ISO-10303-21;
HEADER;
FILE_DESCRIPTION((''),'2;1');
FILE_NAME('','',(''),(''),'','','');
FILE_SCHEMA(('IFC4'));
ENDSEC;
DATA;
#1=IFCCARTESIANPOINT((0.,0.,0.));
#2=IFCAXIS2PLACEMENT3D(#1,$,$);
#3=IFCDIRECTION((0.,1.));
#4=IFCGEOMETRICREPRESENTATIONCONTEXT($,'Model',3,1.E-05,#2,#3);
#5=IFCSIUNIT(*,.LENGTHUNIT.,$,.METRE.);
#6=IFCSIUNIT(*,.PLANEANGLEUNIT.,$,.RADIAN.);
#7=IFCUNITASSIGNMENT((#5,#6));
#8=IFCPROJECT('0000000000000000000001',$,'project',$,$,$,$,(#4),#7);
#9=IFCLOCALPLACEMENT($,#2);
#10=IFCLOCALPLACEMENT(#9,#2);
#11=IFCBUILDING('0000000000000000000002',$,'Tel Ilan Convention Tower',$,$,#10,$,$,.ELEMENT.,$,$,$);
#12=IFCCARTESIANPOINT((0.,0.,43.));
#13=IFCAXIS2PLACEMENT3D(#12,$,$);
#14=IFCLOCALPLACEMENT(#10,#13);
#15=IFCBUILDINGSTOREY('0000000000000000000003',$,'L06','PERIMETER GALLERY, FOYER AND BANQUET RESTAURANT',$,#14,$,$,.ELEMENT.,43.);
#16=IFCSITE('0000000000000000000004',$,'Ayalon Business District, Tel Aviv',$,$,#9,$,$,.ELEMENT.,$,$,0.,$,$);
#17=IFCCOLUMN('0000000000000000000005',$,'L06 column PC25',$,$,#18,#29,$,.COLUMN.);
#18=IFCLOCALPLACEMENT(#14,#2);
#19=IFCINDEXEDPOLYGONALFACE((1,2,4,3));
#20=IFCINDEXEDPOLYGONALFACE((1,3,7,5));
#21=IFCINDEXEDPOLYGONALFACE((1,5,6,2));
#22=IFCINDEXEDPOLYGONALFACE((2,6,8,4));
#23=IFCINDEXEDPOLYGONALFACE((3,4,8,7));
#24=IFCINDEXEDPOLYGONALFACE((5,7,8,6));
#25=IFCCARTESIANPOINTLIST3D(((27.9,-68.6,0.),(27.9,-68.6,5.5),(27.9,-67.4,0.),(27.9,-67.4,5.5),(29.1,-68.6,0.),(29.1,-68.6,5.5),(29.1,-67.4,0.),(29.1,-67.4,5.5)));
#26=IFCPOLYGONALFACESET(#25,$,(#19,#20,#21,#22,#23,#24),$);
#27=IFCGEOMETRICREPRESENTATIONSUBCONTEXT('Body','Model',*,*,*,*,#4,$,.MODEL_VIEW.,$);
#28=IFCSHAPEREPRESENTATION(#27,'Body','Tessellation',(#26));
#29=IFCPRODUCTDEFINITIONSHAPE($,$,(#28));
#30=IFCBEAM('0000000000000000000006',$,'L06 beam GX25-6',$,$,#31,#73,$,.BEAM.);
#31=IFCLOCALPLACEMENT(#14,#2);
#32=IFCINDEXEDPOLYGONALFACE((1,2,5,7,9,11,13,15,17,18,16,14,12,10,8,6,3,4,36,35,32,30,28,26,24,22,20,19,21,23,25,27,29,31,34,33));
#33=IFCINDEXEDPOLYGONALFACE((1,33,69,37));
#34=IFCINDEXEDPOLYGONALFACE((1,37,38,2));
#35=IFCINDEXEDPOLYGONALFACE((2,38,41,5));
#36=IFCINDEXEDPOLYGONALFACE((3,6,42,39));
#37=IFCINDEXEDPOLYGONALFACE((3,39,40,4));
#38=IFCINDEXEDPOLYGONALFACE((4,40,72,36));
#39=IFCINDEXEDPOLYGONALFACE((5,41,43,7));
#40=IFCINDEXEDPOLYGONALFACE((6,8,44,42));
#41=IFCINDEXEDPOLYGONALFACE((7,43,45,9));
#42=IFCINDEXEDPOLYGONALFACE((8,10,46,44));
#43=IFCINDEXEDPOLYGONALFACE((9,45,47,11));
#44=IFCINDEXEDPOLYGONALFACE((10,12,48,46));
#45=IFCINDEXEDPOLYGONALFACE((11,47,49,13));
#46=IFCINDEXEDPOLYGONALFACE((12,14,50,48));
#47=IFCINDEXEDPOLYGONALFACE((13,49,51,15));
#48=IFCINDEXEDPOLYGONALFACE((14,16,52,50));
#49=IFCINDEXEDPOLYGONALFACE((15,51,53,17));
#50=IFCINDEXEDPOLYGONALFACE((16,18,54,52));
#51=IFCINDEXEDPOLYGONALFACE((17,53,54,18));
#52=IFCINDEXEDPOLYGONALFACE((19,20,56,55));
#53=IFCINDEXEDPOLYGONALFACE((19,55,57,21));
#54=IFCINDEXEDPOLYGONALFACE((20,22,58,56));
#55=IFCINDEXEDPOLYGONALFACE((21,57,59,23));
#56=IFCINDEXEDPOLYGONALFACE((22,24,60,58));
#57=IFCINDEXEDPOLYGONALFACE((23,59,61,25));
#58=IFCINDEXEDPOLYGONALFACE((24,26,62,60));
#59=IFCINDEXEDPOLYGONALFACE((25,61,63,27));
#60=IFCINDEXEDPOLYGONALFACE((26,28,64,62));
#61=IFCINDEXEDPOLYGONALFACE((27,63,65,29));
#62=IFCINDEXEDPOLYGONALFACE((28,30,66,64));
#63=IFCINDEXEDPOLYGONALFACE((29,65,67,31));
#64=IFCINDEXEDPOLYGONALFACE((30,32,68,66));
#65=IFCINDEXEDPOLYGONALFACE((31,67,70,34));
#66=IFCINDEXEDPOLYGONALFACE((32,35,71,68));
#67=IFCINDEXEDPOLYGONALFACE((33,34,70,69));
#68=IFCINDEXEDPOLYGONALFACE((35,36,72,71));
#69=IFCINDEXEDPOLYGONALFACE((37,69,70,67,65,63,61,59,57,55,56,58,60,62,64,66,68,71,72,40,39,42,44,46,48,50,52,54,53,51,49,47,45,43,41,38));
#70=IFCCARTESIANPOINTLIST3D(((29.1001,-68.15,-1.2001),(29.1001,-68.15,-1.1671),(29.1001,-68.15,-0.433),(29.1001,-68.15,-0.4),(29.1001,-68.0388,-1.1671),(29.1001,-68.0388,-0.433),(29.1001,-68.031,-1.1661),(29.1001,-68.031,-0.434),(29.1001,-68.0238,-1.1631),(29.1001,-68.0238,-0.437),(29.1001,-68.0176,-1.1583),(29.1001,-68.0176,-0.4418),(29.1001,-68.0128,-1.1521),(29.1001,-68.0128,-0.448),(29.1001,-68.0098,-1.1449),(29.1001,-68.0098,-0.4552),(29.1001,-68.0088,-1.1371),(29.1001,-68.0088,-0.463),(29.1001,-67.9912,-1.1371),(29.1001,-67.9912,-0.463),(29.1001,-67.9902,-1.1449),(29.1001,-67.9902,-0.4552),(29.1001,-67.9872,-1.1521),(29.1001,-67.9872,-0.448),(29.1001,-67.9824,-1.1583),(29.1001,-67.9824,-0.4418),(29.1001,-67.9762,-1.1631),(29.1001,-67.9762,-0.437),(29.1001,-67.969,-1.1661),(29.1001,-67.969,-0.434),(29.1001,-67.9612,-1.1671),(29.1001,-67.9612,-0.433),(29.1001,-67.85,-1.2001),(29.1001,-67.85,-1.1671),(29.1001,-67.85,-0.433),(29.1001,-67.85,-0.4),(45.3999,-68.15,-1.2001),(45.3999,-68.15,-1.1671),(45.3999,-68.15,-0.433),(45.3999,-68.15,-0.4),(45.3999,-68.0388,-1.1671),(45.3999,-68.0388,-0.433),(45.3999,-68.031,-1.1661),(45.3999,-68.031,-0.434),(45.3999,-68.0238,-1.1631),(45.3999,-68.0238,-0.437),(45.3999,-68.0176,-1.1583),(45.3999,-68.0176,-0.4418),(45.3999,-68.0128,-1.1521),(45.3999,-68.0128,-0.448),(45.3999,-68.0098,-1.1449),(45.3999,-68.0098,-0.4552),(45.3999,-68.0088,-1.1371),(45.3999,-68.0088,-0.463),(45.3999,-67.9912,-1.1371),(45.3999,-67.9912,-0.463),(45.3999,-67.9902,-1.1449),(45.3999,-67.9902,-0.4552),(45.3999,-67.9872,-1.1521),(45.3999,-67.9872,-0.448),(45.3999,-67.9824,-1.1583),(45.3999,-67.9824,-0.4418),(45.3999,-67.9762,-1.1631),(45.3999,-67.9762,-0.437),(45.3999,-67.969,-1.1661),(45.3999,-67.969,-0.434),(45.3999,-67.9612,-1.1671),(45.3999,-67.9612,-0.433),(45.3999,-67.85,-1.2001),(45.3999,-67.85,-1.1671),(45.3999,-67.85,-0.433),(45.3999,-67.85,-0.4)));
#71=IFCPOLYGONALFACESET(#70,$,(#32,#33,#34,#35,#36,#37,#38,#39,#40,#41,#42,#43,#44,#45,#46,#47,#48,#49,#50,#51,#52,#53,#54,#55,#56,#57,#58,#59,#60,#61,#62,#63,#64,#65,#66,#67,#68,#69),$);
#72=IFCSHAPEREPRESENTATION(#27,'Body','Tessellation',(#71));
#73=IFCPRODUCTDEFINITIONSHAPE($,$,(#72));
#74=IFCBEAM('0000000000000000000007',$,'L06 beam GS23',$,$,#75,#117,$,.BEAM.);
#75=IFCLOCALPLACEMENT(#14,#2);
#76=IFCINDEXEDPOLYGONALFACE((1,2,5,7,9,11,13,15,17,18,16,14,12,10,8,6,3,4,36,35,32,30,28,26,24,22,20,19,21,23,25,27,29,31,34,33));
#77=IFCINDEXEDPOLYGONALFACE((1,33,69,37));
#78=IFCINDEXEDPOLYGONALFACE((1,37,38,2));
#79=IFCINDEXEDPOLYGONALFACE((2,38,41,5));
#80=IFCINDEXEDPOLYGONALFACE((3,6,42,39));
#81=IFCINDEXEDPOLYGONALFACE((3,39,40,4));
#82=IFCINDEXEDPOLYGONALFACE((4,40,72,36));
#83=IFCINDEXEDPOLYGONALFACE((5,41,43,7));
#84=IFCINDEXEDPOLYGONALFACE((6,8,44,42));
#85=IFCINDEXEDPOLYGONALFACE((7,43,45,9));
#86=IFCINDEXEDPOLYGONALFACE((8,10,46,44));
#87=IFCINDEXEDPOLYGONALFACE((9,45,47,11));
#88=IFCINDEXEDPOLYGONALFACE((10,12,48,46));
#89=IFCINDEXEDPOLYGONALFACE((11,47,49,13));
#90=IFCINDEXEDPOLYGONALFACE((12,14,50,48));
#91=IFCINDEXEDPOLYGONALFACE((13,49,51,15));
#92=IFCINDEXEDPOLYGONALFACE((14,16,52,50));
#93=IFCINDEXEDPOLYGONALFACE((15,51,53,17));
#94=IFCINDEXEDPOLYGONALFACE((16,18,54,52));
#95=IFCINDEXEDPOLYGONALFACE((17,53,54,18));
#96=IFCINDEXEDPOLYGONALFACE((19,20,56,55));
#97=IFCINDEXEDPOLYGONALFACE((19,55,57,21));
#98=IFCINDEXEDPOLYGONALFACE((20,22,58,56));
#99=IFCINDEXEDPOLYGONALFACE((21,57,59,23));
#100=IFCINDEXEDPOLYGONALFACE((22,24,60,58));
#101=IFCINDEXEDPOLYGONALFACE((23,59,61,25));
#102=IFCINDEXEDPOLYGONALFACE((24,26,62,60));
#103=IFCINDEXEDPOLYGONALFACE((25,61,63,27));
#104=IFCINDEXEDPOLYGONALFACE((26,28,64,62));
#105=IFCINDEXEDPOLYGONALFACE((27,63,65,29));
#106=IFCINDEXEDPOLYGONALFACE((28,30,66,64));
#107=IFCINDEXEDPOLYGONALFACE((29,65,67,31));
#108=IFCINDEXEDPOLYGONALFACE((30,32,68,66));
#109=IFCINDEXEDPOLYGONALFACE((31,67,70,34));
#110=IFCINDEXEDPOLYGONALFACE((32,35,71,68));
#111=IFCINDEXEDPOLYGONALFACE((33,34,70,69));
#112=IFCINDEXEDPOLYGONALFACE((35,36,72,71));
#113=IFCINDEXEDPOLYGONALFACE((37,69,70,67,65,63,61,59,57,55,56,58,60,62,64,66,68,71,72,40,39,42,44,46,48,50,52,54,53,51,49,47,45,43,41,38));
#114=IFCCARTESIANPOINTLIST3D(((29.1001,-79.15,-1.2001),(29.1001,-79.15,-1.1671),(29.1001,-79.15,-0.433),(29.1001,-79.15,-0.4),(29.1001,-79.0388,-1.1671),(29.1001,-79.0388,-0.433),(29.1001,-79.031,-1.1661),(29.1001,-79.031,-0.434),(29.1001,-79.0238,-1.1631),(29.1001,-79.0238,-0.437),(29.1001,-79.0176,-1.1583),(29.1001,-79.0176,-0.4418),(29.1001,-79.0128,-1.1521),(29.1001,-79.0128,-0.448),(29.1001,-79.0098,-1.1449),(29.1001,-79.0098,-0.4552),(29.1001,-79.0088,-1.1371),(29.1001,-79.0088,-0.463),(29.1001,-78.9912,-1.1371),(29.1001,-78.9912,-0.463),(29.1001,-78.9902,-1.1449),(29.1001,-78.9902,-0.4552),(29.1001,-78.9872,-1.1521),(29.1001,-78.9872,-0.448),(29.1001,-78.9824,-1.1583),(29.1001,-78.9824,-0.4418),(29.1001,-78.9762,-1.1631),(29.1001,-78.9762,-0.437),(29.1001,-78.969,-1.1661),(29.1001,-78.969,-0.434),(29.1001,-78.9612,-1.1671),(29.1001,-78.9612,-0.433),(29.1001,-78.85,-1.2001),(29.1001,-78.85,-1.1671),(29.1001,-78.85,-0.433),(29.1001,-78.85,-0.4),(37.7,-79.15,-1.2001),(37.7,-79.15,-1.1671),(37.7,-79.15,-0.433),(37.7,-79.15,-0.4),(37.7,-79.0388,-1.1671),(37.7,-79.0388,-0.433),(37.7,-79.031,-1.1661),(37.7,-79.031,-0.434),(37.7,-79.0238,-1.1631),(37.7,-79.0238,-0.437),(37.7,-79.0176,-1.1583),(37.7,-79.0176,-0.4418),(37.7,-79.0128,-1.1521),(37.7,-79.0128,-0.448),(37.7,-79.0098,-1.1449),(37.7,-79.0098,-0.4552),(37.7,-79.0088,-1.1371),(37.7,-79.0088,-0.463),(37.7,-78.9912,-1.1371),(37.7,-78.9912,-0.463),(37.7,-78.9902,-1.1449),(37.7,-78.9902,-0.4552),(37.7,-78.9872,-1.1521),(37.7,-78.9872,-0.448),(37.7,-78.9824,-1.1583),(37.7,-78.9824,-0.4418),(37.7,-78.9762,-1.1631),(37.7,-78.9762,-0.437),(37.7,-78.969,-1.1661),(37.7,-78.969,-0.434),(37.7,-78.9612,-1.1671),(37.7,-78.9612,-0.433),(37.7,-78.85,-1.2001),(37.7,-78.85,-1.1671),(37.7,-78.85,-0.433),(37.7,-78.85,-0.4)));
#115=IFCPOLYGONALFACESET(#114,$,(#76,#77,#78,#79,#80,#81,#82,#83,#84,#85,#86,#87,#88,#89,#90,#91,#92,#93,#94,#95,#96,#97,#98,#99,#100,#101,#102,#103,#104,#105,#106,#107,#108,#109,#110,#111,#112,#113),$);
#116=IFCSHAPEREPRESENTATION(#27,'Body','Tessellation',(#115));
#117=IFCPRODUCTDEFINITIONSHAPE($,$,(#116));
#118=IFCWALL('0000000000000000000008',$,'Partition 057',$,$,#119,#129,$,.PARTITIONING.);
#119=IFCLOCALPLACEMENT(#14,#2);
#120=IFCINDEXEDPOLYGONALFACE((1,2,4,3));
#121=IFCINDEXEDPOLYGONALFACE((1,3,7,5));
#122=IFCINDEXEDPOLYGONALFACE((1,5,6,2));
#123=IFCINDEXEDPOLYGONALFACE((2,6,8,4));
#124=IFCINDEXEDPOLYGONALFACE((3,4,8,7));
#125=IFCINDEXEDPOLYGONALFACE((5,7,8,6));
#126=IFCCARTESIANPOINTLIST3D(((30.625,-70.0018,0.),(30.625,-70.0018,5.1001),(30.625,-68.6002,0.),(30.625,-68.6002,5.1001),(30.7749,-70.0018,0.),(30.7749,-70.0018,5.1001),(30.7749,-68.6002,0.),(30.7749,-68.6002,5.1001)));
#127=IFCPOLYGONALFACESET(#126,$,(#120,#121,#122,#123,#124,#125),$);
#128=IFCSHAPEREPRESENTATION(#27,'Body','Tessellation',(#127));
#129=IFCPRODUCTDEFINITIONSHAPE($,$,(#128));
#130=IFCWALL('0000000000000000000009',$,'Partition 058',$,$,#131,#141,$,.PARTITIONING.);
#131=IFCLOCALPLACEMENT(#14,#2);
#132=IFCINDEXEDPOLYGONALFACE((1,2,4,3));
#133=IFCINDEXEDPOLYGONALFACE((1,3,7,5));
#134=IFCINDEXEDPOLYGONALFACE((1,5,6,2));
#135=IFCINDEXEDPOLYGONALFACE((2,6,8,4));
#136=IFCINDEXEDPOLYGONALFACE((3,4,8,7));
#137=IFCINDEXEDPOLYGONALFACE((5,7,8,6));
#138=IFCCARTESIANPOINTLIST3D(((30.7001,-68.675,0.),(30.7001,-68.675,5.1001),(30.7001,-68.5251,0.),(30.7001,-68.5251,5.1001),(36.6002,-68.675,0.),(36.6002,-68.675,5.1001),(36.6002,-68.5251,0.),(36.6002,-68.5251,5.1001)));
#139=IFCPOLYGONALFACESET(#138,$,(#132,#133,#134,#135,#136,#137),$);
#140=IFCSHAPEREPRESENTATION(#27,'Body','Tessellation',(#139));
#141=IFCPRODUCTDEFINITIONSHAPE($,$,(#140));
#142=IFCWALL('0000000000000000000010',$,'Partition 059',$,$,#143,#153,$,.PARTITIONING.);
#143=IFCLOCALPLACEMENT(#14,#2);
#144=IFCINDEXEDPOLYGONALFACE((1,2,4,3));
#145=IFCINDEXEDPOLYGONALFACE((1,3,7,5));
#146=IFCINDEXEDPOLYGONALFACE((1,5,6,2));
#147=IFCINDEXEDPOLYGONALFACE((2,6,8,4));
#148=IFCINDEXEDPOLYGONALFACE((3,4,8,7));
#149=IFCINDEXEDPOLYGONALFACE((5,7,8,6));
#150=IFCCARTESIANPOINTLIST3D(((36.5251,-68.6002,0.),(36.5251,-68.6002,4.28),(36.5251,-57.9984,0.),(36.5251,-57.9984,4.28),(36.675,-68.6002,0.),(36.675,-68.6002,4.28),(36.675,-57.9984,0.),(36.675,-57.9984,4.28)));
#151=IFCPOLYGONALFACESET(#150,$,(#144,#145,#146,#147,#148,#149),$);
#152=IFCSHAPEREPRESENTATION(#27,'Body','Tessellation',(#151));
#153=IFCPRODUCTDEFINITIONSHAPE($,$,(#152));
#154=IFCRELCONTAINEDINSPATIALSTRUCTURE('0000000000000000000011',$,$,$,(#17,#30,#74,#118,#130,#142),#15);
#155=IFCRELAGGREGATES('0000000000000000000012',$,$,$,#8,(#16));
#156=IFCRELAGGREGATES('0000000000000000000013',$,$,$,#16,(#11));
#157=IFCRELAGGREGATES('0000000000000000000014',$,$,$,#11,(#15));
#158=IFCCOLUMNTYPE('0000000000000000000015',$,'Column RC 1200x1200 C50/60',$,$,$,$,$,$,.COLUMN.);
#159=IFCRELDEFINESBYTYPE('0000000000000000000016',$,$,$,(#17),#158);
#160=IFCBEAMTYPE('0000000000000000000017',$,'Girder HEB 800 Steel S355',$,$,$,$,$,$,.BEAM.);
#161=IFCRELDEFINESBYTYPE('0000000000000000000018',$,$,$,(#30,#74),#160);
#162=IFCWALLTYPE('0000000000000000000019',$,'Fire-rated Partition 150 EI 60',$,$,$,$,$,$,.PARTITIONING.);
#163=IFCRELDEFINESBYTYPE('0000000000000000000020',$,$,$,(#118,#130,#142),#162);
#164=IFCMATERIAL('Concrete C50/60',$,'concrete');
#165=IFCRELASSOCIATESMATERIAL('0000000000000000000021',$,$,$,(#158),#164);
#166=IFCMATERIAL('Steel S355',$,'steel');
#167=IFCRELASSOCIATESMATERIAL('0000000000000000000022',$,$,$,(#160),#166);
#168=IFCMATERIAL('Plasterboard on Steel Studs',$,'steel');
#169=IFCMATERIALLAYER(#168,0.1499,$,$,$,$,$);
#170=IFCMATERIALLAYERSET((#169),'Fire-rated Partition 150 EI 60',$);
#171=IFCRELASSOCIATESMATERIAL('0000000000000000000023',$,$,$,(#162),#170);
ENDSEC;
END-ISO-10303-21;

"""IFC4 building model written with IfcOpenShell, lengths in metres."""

from ifc_helpers import new_model, si_unit, direction, frame, frame_2d, origin, origin_2d, place, context, subcontext, project, spatial, rectangle, i_section, extrude, material, layer, layer_set, material_profile, profile_set, type_object, element, save


model = new_model("IFC4")

# Units and contexts
model_context = context("Model", 3, precision=1e-05, world=origin(), true_north=direction((0.0, 1.0)))
body_context = subcontext(model_context, "Body", "Model", "MODEL_VIEW")
ifc_project = project(units=[si_unit("LENGTHUNIT", "METRE"), si_unit("PLANEANGLEUNIT", "RADIAN")], contexts=[model_context])

# Site, building, storey
site_placement = place(None, origin())
site = spatial("IfcSite", under=ifc_project, at=site_placement, Name="Ayalon Business District, Tel Aviv", CompositionType="ELEMENT", RefElevation=0.0)
building_placement = place(site_placement, origin())
building = spatial("IfcBuilding", under=site, at=building_placement, Name="Tel Ilan Convention Tower", CompositionType="ELEMENT")
storey_placement = place(building_placement, frame((0.0, 0.0, 43.0)))
storey = spatial("IfcBuildingStorey", under=building, at=storey_placement, Name="L06", Description="PERIMETER GALLERY, FOYER AND BANQUET RESTAURANT", CompositionType="ELEMENT", Elevation=43.0)

# Column
ifc_material_1 = material(Name="Concrete C50/60", Category="concrete")
ifc_material_profile_1 = material_profile(ifc_material_1, rectangle(XDim=1.2, YDim=1.2, at=origin_2d()), Name="RC 1200x1200")
ifc_profile_set_1 = profile_set([ifc_material_profile_1], Name="Concrete C50/60")
column_type = type_object("IfcColumnType", Name="Column RC 1200x1200 C50/60", PredefinedType="COLUMN", material=ifc_profile_set_1)
column_placement = place(storey_placement, frame((28.5, -68.0, 0.0), z_axis=(0.0, 0.0, 1.0), x_axis=(1.0, 0.0, 0.0)))
element("IfcColumn", 1, at=column_placement, inside=storey, type_object=column_type, Name="L06 column PC25", PredefinedType="COLUMN", context=body_context, shape_type="SweptSolid", body=[
    extrude(rectangle(XDim=1.2, YDim=1.2, at=origin_2d()), origin(), (0.0, 0.0, 1.0), 5.5),
])

# Beams
ifc_material_2 = material(Name="Steel S355", Category="steel")
ifc_material_profile_2 = material_profile(ifc_material_2, i_section(OverallWidth=0.3, OverallDepth=0.8, WebThickness=0.0176, FlangeThickness=0.033, FilletRadius=0.03, at=origin_2d()), Name="HEB 800")
ifc_profile_set_2 = profile_set([ifc_material_profile_2], Name="Steel S355")
beam_type = type_object("IfcBeamType", Name="Girder HEB 800 Steel S355", PredefinedType="BEAM", material=ifc_profile_set_2)
beam_1_placement = place(storey_placement, frame((29.1001, -68.0, -0.8), z_axis=(1.0, 0.0, 0.0), x_axis=(0.0, 1.0, 0.0)))
element("IfcBeam", 2, at=beam_1_placement, inside=storey, type_object=beam_type, Name="L06 beam GX25-6", PredefinedType="BEAM", context=body_context, shape_type="SweptSolid", body=[
    extrude(i_section(OverallWidth=0.3, OverallDepth=0.8, WebThickness=0.0176, FlangeThickness=0.033, FilletRadius=0.03, at=origin_2d()), origin(), (0.0, 0.0, 1.0), 16.2998),
])
beam_2_placement = place(storey_placement, frame((29.1001, -79.0, -0.8), z_axis=(1.0, 0.0, 0.0), x_axis=(0.0, 1.0, 0.0)))
element("IfcBeam", 3, at=beam_2_placement, inside=storey, type_object=beam_type, Name="L06 beam GS23", PredefinedType="BEAM", context=body_context, shape_type="SweptSolid", body=[
    extrude(i_section(OverallWidth=0.3, OverallDepth=0.8, WebThickness=0.0176, FlangeThickness=0.033, FilletRadius=0.03, at=origin_2d()), origin(), (0.0, 0.0, 1.0), 8.5999),
])

# Walls
ifc_material_3 = material(Name="Plasterboard on Steel Studs", Category="steel")
ifc_layer = layer(ifc_material_3, 0.1499)
ifc_layer_set = layer_set([ifc_layer], Name="Fire-rated Partition 150 EI 60")
wall_type = type_object("IfcWallType", Name="Fire-rated Partition 150 EI 60", PredefinedType="PARTITIONING", material=ifc_layer_set)
wall_1_placement = place(storey_placement, frame((30.7, -70.0017, 0.0), z_axis=(0.0, 0.0, 1.0), x_axis=(0.0, 1.0, 0.0)))
element("IfcWall", 4, at=wall_1_placement, inside=storey, type_object=wall_type, Name="Partition 057", PredefinedType="PARTITIONING", context=body_context, shape_type="SweptSolid", body=[
    extrude(rectangle(XDim=1.4016, YDim=0.1499, at=frame_2d((0.7007, 0.0))), origin(), (0.0, 0.0, 1.0), 5.1001),
])
wall_2_placement = place(storey_placement, frame((30.7, -68.6001, 0.0), z_axis=(0.0, 0.0, 1.0), x_axis=(1.0, 0.0, 0.0)))
element("IfcWall", 5, at=wall_2_placement, inside=storey, type_object=wall_type, Name="Partition 058", PredefinedType="PARTITIONING", context=body_context, shape_type="SweptSolid", body=[
    extrude(rectangle(XDim=5.9001, YDim=0.1499, at=frame_2d((2.9502, 0.0))), origin(), (0.0, 0.0, 1.0), 5.1001),
])
wall_3_placement = place(storey_placement, frame((36.6001, -68.6001, 0.0), z_axis=(0.0, 0.0, 1.0), x_axis=(0.0, 1.0, 0.0)))
element("IfcWall", 6, at=wall_3_placement, inside=storey, type_object=wall_type, Name="Partition 059", PredefinedType="PARTITIONING", context=body_context, shape_type="SweptSolid", body=[
    extrude(rectangle(XDim=10.6018, YDim=0.1499, at=frame_2d((5.3008, 0.0))), origin(), (0.0, 0.0, 1.0), 4.28),
])

save(model, "model.ifc")
